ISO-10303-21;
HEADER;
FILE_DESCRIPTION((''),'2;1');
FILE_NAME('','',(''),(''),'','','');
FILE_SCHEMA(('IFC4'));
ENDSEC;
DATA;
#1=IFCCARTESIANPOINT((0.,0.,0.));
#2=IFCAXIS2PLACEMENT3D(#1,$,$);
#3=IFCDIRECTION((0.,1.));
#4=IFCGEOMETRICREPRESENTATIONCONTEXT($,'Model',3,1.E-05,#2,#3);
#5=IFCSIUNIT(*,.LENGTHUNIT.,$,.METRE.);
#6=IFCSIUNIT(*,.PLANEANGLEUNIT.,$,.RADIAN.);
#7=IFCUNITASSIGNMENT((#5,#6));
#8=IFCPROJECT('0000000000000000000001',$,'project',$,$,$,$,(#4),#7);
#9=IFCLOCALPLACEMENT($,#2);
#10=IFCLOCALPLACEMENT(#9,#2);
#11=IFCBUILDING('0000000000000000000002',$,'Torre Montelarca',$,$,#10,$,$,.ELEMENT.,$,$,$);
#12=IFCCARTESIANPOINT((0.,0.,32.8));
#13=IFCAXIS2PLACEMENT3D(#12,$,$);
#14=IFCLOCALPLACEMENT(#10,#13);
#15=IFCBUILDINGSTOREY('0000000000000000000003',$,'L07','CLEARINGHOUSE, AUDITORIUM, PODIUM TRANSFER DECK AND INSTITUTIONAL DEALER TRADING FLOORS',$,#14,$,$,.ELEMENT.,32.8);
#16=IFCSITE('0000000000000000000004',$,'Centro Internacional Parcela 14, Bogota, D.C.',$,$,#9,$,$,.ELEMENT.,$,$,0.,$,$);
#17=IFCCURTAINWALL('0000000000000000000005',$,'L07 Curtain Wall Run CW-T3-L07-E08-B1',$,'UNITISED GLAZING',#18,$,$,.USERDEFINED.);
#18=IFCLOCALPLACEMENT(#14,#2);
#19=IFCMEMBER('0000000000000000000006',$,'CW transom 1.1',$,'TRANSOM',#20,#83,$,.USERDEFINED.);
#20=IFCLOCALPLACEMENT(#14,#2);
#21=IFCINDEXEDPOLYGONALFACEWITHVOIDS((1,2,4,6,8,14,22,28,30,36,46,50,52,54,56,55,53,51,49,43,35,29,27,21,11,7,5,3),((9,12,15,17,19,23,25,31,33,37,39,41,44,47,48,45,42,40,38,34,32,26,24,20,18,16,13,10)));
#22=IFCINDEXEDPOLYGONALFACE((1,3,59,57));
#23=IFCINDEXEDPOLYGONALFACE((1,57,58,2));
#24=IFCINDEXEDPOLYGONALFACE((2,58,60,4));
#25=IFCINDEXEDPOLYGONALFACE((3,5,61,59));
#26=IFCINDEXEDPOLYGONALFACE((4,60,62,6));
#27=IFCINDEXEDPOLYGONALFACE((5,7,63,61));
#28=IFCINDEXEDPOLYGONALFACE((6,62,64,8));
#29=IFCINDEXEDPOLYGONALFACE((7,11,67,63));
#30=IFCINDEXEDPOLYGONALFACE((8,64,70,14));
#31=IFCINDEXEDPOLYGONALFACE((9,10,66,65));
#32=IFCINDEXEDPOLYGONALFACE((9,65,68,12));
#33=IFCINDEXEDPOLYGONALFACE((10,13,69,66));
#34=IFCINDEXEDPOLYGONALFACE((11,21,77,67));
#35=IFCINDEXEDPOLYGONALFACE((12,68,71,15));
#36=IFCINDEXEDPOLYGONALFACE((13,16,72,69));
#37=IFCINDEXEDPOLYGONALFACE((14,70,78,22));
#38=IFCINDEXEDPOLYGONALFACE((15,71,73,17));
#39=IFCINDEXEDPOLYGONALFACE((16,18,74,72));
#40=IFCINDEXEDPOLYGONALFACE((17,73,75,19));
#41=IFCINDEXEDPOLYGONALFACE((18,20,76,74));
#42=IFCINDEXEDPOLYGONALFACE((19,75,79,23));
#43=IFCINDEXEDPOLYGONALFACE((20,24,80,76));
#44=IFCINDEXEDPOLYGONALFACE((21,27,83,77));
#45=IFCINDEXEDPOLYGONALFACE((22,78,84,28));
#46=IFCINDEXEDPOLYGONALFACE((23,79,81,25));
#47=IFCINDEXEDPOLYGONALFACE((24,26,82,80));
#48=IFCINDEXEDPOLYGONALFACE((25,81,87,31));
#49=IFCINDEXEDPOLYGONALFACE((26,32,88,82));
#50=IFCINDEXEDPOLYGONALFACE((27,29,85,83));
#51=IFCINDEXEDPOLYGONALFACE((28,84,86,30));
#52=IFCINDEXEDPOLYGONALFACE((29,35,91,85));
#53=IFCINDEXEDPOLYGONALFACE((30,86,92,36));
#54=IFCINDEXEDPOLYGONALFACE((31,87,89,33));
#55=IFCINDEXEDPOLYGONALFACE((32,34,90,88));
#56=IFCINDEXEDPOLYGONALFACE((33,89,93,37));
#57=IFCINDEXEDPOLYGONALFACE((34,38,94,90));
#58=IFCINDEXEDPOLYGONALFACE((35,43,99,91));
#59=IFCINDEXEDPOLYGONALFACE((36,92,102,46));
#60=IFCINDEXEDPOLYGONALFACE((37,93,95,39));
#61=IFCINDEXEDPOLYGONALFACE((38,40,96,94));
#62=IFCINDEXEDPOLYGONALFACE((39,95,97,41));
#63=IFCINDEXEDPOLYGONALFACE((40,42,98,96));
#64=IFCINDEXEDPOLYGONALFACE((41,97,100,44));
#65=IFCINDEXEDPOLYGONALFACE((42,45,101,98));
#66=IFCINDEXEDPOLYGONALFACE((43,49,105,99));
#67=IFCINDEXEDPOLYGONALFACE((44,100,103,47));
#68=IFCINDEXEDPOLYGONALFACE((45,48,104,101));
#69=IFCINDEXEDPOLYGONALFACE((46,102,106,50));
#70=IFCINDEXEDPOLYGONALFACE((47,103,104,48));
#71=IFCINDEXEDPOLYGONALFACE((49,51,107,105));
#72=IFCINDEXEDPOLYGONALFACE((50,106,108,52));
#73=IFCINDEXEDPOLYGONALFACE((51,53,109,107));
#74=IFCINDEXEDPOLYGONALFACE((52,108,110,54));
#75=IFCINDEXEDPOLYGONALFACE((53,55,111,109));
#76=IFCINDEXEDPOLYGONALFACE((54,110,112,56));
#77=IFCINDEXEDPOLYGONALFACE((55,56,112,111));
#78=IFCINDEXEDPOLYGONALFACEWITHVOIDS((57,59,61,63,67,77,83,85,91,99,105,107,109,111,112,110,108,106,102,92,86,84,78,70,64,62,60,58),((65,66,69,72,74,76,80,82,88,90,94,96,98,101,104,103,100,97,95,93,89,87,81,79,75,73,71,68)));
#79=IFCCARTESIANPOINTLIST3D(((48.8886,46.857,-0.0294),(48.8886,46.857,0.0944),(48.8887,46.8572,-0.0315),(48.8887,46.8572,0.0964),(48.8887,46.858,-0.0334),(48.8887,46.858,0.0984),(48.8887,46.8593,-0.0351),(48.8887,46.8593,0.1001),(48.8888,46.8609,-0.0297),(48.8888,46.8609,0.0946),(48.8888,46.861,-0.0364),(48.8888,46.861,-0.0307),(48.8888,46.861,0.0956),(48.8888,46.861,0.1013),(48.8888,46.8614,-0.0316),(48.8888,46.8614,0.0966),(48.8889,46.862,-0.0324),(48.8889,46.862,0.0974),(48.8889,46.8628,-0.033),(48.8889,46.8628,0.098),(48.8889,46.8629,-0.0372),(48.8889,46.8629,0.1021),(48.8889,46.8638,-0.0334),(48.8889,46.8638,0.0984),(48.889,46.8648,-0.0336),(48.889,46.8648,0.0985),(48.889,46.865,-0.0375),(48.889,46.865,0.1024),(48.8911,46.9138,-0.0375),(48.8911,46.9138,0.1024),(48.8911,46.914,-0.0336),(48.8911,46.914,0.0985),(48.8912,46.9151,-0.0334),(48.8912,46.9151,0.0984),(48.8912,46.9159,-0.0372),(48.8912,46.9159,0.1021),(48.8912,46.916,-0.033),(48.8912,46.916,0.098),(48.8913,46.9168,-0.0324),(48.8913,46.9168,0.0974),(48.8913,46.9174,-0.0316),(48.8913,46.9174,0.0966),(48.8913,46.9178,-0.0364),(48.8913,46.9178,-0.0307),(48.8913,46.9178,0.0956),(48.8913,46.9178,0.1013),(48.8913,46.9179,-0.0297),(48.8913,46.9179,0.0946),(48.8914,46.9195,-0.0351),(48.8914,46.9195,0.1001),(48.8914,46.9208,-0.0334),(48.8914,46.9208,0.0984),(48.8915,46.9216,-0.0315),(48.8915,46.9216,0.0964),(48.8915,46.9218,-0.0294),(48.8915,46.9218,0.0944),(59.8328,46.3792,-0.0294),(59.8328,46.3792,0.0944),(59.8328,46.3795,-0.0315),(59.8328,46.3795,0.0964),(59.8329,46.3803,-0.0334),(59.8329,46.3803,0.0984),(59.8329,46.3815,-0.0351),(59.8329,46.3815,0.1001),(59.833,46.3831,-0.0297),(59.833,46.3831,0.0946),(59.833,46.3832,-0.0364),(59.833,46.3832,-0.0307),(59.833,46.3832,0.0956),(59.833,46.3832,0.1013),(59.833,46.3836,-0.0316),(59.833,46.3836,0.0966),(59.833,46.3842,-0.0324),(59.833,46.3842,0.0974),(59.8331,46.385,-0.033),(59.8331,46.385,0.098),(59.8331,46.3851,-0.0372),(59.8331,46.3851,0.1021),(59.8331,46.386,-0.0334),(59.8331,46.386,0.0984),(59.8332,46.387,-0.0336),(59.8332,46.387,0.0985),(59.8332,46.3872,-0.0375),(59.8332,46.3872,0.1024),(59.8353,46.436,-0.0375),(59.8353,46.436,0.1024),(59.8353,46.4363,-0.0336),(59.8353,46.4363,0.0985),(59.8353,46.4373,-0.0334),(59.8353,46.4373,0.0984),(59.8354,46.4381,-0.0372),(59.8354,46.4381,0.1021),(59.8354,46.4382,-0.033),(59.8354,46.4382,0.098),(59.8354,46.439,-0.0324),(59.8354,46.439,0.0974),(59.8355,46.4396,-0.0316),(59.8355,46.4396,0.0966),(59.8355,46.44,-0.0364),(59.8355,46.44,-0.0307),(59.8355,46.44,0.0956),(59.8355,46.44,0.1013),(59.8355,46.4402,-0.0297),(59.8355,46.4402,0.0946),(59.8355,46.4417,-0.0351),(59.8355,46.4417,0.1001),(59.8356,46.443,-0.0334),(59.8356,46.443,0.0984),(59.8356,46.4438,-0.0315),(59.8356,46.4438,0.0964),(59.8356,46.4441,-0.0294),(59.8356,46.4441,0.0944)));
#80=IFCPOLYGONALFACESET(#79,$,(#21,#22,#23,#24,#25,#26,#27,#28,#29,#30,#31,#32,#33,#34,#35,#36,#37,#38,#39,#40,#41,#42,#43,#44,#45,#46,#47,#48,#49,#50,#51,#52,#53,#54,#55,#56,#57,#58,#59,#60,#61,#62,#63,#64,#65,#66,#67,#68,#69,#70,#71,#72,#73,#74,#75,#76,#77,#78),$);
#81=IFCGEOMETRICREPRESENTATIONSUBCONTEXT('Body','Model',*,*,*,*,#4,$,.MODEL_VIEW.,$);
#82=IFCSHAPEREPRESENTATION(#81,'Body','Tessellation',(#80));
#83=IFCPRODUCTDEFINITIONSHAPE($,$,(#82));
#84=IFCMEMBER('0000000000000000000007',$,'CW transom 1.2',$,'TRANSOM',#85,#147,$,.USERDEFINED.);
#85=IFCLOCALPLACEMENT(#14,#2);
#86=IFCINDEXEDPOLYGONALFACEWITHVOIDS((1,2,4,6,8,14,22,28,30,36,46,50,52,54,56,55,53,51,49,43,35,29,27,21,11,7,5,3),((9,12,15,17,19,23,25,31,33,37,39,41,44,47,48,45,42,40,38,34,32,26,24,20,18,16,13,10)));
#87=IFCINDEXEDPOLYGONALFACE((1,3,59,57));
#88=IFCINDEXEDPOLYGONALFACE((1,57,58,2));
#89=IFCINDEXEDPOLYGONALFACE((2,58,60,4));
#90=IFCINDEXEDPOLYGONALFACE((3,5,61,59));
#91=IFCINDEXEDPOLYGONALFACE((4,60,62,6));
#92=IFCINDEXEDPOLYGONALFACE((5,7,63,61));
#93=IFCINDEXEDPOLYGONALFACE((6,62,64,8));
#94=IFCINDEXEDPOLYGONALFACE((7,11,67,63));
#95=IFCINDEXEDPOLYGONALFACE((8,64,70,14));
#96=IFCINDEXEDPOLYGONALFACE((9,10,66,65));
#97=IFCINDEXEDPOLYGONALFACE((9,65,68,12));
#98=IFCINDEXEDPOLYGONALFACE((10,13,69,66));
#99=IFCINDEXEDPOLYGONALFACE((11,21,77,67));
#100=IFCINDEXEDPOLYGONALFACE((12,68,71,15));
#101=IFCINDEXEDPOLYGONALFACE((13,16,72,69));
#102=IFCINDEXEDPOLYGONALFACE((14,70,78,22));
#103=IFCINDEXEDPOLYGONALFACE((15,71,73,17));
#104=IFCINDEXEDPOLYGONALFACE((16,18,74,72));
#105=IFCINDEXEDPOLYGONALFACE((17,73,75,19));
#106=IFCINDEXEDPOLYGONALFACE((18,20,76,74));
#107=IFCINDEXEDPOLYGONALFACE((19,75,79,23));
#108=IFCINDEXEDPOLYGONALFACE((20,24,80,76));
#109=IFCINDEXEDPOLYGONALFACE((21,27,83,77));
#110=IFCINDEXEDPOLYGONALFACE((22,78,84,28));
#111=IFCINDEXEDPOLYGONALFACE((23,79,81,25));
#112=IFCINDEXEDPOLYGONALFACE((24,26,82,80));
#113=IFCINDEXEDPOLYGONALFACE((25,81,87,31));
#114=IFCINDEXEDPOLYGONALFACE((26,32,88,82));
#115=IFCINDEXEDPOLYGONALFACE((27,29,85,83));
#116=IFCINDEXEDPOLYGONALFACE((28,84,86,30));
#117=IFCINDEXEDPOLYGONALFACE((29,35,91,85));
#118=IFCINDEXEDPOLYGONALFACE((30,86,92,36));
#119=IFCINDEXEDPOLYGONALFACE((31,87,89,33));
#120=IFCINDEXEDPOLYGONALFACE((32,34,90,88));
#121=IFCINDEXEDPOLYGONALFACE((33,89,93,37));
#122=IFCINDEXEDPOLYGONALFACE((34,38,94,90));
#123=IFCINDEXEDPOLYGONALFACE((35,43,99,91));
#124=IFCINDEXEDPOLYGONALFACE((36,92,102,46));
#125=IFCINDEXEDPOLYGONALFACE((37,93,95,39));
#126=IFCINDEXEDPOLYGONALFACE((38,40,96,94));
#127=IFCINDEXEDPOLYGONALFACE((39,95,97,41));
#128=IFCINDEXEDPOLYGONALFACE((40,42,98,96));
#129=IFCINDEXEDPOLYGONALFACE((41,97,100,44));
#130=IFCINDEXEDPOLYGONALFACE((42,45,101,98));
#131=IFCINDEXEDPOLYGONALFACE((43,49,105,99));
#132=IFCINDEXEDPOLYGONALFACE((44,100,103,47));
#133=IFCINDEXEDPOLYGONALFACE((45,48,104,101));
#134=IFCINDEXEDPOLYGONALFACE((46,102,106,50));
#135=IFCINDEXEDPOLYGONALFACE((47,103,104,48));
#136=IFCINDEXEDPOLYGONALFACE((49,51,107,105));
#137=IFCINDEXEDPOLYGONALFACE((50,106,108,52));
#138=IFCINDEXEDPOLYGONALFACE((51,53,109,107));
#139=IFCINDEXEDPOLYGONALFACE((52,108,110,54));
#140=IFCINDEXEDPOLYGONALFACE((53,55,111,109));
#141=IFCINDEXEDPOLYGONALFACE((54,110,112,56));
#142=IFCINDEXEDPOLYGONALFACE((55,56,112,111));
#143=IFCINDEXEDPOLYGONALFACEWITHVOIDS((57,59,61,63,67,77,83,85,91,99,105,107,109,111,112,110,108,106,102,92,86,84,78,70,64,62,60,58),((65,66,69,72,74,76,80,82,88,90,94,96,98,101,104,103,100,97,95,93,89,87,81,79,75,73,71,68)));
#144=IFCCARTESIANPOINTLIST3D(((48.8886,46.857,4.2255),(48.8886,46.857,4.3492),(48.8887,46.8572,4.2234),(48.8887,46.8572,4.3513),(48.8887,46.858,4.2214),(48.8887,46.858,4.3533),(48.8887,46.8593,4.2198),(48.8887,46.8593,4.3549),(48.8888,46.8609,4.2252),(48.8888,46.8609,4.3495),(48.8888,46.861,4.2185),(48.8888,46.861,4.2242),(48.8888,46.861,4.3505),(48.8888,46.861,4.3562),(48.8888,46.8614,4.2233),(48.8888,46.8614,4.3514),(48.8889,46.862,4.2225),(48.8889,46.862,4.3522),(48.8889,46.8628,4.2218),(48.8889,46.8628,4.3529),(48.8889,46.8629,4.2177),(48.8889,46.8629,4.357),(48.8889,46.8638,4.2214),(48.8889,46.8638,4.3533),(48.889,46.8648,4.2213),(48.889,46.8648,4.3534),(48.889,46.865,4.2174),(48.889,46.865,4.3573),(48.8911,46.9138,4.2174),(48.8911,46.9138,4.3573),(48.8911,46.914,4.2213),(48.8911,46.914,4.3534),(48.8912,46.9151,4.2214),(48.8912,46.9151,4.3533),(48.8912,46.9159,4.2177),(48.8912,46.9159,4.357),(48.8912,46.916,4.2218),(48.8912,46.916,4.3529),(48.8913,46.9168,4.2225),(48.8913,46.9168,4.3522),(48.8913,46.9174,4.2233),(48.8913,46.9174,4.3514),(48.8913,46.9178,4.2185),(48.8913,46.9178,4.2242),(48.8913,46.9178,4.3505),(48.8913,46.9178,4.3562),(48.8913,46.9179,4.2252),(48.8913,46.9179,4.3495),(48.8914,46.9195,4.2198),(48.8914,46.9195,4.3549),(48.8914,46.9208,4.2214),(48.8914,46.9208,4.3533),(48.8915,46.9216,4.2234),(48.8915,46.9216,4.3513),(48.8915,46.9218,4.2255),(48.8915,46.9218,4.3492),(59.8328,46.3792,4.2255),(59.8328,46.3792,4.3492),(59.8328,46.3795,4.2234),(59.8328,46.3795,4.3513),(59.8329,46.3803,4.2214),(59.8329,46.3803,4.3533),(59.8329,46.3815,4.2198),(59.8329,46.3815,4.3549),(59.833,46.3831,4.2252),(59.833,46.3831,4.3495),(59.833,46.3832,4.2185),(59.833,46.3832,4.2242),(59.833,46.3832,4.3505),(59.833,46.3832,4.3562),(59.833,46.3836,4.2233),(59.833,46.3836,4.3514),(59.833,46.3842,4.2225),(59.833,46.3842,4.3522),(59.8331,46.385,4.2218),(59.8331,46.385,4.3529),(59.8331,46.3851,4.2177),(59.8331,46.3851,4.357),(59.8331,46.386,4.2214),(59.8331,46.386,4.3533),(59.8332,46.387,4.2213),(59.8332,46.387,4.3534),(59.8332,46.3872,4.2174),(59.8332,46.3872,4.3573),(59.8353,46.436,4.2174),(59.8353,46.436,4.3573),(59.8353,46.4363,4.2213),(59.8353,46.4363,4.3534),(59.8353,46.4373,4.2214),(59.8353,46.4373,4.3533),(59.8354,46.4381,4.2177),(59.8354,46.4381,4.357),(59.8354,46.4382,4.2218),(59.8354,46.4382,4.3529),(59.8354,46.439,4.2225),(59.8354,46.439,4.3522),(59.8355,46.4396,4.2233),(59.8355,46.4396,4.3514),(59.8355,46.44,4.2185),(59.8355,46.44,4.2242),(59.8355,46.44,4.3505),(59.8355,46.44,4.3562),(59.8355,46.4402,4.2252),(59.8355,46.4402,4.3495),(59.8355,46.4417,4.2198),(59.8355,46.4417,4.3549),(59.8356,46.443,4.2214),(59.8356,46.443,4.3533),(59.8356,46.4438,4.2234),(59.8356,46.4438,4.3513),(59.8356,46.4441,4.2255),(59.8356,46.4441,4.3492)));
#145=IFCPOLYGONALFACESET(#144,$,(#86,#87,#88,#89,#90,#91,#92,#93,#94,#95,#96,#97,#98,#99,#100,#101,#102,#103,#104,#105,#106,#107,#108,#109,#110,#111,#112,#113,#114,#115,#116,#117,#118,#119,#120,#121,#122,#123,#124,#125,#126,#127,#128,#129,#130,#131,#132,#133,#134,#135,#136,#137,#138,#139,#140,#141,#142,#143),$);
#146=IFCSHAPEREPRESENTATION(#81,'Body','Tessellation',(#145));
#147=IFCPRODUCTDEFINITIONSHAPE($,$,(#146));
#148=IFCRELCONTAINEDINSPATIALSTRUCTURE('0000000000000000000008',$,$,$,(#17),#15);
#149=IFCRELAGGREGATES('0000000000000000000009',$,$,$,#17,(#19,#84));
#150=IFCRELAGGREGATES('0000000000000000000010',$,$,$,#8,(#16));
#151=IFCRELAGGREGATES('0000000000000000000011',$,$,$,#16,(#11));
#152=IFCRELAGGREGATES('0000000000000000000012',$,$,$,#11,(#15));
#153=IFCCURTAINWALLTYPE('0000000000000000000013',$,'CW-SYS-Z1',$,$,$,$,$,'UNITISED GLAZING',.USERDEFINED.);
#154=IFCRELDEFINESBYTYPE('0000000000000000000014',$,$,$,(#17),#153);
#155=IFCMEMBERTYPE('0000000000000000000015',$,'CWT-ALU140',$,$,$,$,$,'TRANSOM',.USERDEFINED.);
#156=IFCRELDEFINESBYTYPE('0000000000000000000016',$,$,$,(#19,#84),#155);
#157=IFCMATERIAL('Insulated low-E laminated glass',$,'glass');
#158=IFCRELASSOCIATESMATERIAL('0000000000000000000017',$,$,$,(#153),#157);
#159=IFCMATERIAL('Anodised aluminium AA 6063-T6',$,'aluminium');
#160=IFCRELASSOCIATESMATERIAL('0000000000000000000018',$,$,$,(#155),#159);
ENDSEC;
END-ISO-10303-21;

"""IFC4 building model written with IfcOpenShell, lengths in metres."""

from ifc_helpers import new_model, si_unit, direction, frame, origin, origin_2d, place, context, subcontext, project, spatial, hollow_rectangle, extrude, source, transform, mapped, material, material_profile, profile_set, type_object, element, aggregate, save


model = new_model("IFC4")

# Units and contexts
model_context = context("Model", 3, precision=1e-05, world=origin(), true_north=direction((0.0, 1.0)))
body_context = subcontext(model_context, "Body", "Model", "MODEL_VIEW")
ifc_project = project(units=[si_unit("LENGTHUNIT", "METRE"), si_unit("PLANEANGLEUNIT", "RADIAN")], contexts=[model_context])

# Site, building, storey
site_placement = place(None, origin())
site = spatial("IfcSite", under=ifc_project, at=site_placement, Name="Centro Internacional Parcela 14, Bogota, D.C.", CompositionType="ELEMENT", RefElevation=0.0)
building_placement = place(site_placement, origin())
building = spatial("IfcBuilding", under=site, at=building_placement, Name="Torre Montelarca", CompositionType="ELEMENT")
storey_placement = place(building_placement, frame((0.0, 0.0, 32.8)))
storey = spatial("IfcBuildingStorey", under=building, at=storey_placement, Name="L07", Description="CLEARINGHOUSE, AUDITORIUM, PODIUM TRANSFER DECK AND INSTITUTIONAL DEALER TRADING FLOORS", CompositionType="ELEMENT", Elevation=32.8)

# Shared definitions
ifc_material_1 = material(Name="Insulated low-E laminated glass", Category="glass")
curtain_wall_type = type_object("IfcCurtainWallType", Name="CW-SYS-Z1", ElementType="UNITISED GLAZING", PredefinedType="USERDEFINED", material=ifc_material_1)
ifc_material_2 = material(Name="Anodised aluminium AA 6063-T6", Category="aluminium")

# Curtain wall, members
curtain_wall_1_placement = place(storey_placement, origin())
curtain_wall_1 = element("IfcCurtainWall", 1, at=curtain_wall_1_placement, inside=storey, type_object=curtain_wall_type, Name="L07 Curtain Wall Run CW-T3-L07-E08-B1", ObjectType="UNITISED GLAZING", PredefinedType="USERDEFINED")
ifc_material_profile_1 = material_profile(ifc_material_2, hollow_rectangle(XDim=0.0649, YDim=0.1399, WallThickness=0.0039, InnerFilletRadius=0.0039, OuterFilletRadius=0.0081, at=origin_2d()), Name="ALU65X140X4", Category="aluminium")
ifc_profile_set_1 = profile_set([ifc_material_profile_1], Name="Anodised aluminium AA 6063-T6")
member_type_1 = type_object("IfcMemberType", Name="CWT-ALU140", ElementType="TRANSOM", PredefinedType="USERDEFINED", material=ifc_profile_set_1)
shared_shape_1 = source(origin(), body_context, "Body", "SweptSolid", [
    extrude(hollow_rectangle(XDim=0.0649, YDim=0.1399, WallThickness=0.0039, InnerFilletRadius=0.0039, OuterFilletRadius=0.0081, at=origin_2d()), origin(), (0.0, 0.0, 1.0), 10.9546),
])
member_1_placement = place(storey_placement, frame((59.8342, 46.4116, 0.0325), z_axis=(-0.999048, 0.043615, 0.0), x_axis=(-0.043615, -0.999048, 0.0)))
member_1 = element("IfcMember", 2, at=member_1_placement, type_object=member_type_1, Name="CW transom 1.1", ObjectType="TRANSOM", PredefinedType="USERDEFINED", context=body_context, shape_type="MappedRepresentation", body=[
    mapped(shared_shape_1, transform((0.0, 0.0, 0.0), scale=1.0)),
])
member_2_placement = place(storey_placement, frame((59.8342, 46.4116, 4.2874), z_axis=(-0.999048, 0.043615, 0.0), x_axis=(-0.043615, -0.999048, 0.0)))
member_2 = element("IfcMember", 3, at=member_2_placement, type_object=member_type_1, Name="CW transom 1.2", ObjectType="TRANSOM", PredefinedType="USERDEFINED", context=body_context, shape_type="MappedRepresentation", body=[
    mapped(shared_shape_1, transform((0.0, 0.0, 0.0), scale=1.0)),
])
aggregate(curtain_wall_1, [member_1, member_2])

save(model, "model.ifc")
